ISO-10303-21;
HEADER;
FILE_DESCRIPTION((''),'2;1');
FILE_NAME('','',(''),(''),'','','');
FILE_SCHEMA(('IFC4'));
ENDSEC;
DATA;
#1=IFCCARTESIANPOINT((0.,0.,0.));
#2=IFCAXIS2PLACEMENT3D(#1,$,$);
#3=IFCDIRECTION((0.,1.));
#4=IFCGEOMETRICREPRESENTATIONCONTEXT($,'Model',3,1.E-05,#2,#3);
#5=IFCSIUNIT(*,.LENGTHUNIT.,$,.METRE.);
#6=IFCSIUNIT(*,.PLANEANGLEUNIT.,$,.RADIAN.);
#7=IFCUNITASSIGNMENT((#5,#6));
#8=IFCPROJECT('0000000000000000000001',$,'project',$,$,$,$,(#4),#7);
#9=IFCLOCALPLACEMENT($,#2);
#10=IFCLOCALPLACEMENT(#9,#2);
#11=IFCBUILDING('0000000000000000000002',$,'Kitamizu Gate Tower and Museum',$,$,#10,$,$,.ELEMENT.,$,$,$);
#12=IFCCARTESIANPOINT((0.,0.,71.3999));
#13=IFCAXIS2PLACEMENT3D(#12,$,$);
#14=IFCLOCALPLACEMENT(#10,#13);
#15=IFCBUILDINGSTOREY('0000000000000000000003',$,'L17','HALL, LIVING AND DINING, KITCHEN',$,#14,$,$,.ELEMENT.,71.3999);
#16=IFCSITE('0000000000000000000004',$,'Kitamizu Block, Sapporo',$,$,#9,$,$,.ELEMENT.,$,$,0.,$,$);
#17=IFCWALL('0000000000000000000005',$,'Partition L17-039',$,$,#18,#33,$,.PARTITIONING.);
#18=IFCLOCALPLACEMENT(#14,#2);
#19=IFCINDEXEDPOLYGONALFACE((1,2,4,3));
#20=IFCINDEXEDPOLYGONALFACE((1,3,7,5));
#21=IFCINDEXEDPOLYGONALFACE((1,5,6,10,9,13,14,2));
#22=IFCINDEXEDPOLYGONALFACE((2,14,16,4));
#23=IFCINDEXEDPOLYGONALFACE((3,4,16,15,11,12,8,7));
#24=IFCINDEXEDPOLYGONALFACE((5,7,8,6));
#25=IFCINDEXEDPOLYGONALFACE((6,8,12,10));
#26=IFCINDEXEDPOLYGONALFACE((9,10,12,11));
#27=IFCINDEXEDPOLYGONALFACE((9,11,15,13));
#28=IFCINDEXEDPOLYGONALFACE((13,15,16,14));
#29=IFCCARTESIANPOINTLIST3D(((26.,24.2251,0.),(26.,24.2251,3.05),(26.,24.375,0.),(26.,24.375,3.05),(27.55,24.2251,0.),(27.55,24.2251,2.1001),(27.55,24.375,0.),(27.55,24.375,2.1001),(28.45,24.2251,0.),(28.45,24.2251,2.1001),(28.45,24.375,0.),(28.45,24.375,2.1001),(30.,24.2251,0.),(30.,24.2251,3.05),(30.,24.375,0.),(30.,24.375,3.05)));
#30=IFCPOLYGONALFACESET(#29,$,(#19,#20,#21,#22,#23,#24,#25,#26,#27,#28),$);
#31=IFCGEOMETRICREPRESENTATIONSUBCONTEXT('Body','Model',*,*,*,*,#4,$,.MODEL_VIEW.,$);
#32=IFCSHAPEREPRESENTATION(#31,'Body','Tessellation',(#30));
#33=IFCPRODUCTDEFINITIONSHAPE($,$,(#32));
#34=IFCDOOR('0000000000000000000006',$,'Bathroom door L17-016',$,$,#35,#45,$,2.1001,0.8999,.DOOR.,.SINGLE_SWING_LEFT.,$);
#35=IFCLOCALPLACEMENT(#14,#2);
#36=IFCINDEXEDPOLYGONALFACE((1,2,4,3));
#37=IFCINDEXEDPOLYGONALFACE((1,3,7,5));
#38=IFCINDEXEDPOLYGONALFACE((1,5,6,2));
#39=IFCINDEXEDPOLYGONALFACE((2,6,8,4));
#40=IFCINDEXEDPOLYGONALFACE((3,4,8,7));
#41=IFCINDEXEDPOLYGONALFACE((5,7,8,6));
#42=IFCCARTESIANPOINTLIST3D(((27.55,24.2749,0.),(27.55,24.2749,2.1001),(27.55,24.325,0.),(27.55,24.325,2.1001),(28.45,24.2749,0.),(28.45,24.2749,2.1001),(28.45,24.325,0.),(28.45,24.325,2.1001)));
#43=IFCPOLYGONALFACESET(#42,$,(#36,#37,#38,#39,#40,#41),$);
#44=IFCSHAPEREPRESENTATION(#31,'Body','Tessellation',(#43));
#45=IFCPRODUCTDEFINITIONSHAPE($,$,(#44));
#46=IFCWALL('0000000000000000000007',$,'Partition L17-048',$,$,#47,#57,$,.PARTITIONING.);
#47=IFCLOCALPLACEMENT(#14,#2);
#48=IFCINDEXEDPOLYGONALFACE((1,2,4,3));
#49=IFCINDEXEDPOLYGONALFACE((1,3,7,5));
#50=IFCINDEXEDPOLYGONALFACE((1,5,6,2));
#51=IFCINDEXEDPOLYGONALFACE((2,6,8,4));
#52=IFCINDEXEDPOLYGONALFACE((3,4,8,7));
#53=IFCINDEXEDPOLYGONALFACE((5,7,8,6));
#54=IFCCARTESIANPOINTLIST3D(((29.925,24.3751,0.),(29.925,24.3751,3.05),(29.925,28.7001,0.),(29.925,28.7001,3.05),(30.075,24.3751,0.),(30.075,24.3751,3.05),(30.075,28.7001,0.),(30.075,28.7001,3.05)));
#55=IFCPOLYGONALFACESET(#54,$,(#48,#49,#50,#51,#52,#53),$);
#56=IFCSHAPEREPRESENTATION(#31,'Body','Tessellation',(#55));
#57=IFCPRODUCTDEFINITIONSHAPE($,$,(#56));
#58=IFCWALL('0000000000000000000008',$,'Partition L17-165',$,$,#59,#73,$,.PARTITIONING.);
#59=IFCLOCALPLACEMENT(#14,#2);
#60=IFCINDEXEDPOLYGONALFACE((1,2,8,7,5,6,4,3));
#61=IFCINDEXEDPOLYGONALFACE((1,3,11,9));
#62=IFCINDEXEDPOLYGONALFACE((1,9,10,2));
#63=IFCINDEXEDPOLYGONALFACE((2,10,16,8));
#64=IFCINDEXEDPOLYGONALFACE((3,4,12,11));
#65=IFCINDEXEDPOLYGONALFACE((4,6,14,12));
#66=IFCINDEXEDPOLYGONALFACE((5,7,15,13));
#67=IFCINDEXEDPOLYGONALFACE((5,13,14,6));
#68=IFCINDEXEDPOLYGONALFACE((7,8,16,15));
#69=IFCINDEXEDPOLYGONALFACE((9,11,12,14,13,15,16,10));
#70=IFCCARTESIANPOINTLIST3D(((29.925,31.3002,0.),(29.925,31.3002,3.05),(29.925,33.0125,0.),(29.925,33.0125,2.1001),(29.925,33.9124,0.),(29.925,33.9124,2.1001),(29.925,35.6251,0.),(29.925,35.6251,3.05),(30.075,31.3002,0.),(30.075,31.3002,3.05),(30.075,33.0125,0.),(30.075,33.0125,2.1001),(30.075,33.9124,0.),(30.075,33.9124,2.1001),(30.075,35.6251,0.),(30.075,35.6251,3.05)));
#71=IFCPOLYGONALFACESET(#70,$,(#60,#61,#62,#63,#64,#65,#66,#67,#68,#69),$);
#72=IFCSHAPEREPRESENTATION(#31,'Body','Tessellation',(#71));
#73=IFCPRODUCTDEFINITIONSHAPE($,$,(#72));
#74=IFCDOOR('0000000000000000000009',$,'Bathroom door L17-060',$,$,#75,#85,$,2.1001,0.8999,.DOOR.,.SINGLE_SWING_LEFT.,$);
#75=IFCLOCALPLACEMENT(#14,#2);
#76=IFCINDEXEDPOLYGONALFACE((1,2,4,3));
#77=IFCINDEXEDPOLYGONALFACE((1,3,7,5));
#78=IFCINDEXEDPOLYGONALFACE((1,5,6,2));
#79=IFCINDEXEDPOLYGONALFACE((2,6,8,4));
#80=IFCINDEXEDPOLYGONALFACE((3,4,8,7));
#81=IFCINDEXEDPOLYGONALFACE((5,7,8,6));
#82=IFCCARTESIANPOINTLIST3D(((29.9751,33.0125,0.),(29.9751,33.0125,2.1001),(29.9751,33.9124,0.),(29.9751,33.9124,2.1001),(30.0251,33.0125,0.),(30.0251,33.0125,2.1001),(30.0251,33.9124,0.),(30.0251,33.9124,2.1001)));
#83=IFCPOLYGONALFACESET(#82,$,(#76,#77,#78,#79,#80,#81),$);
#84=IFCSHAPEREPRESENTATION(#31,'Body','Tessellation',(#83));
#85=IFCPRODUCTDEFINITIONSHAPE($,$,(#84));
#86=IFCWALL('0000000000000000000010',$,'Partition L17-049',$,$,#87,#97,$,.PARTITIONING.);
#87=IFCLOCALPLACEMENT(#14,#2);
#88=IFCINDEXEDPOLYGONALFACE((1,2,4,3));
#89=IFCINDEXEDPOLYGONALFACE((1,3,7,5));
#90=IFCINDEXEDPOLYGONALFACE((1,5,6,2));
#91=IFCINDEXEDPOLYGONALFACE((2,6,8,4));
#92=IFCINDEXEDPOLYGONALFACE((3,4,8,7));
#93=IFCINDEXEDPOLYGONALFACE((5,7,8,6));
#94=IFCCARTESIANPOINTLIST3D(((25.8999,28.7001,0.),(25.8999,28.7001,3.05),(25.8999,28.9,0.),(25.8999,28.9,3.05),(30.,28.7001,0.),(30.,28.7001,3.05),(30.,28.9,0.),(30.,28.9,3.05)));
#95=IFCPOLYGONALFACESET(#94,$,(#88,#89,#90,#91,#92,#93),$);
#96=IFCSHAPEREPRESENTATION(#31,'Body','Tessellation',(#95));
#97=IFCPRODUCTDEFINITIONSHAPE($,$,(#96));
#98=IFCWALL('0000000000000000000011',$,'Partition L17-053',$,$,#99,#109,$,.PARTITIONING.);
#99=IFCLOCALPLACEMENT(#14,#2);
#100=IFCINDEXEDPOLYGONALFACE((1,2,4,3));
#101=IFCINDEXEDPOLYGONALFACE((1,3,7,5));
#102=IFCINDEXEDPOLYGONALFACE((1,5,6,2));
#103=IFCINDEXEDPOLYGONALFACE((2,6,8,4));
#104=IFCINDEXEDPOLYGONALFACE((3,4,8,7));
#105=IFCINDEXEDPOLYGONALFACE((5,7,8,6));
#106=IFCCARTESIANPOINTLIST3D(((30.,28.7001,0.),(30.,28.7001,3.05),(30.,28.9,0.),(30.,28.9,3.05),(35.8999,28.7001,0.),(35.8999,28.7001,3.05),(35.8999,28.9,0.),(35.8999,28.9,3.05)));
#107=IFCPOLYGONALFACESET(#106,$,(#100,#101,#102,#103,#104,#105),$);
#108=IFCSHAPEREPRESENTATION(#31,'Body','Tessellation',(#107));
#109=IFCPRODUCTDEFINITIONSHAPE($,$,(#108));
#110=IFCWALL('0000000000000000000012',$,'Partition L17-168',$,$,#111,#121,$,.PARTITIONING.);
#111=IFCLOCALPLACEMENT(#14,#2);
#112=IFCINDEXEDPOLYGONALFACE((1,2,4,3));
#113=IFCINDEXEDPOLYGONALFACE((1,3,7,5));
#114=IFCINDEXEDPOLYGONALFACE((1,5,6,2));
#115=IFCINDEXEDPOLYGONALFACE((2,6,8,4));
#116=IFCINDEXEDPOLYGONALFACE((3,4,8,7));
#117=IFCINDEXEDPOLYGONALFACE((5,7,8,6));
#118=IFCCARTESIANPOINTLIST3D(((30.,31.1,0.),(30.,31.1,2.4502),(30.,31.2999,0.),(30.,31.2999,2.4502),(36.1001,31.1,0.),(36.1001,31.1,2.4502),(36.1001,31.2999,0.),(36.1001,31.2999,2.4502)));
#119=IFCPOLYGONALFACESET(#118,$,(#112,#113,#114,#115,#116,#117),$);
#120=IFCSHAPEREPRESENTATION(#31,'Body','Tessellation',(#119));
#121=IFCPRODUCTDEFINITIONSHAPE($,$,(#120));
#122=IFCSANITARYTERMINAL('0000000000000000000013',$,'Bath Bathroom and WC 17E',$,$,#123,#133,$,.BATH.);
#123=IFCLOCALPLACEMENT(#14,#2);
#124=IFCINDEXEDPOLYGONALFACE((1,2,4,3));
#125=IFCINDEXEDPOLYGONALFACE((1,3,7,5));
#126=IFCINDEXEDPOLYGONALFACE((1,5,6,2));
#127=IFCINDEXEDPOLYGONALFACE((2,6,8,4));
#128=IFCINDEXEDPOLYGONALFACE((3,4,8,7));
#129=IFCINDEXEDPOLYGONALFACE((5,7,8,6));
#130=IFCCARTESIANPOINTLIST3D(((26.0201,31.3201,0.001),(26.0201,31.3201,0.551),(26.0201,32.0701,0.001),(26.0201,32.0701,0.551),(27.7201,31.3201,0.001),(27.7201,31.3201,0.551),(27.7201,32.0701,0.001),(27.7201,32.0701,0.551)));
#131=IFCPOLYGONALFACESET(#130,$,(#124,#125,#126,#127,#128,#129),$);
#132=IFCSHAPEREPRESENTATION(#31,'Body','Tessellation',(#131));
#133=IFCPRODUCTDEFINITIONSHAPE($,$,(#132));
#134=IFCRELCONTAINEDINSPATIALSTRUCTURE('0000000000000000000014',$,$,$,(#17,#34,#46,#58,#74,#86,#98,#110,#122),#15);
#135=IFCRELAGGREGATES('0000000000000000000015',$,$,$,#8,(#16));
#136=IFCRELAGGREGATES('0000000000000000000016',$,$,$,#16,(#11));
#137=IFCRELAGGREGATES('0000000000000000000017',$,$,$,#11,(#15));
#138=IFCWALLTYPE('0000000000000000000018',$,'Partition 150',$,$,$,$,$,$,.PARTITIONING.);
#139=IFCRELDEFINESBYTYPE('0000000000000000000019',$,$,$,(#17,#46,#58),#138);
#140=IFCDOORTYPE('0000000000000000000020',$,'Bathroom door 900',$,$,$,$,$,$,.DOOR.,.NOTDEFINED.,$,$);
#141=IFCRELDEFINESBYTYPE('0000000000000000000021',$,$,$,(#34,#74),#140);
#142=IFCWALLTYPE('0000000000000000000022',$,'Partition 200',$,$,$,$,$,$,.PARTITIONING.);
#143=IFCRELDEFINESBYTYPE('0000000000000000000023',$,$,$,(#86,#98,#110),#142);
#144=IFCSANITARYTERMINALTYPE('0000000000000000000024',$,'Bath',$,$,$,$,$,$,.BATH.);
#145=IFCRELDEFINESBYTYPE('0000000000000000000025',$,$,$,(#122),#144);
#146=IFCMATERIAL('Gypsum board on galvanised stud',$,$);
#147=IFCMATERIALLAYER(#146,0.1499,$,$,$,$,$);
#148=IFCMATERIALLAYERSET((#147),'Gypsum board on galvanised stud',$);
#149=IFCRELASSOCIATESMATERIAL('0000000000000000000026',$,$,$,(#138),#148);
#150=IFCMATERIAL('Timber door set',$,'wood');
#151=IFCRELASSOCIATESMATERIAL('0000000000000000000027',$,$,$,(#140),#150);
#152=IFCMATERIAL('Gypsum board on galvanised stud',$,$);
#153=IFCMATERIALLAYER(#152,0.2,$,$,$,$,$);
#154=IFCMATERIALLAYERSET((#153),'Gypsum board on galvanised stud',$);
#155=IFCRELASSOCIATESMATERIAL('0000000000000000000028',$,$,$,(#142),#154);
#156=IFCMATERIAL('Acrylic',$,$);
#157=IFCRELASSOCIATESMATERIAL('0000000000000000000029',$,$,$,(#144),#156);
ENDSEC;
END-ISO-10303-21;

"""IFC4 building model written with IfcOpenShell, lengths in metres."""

from ifc_helpers import new_model, si_unit, direction, frame, frame_2d, origin, origin_2d, place, context, subcontext, project, spatial, rectangle, extrude, material, layer, layer_set, type_object, element, fill, save


model = new_model("IFC4")

# Units and contexts
model_context = context("Model", 3, precision=1e-05, world=origin(), true_north=direction((0.0, 1.0)))
body_context = subcontext(model_context, "Body", "Model", "MODEL_VIEW")
ifc_project = project(units=[si_unit("LENGTHUNIT", "METRE"), si_unit("PLANEANGLEUNIT", "RADIAN")], contexts=[model_context])

# Site, building, storey
site_placement = place(None, origin())
site = spatial("IfcSite", under=ifc_project, at=site_placement, Name="Kitamizu Block, Sapporo", CompositionType="ELEMENT", RefElevation=0.0)
building_placement = place(site_placement, origin())
building = spatial("IfcBuilding", under=site, at=building_placement, Name="Kitamizu Gate Tower and Museum", CompositionType="ELEMENT")
storey_placement = place(building_placement, frame((0.0, 0.0, 71.3999)))
storey = spatial("IfcBuildingStorey", under=building, at=storey_placement, Name="L17", Description="HALL, LIVING AND DINING, KITCHEN", CompositionType="ELEMENT", Elevation=71.3999)

# Wall, opening, door
ifc_material_1 = material(Name="Gypsum board on galvanised stud")
ifc_layer_1 = layer(ifc_material_1, 0.1499)
ifc_layer_set_1 = layer_set([ifc_layer_1], Name="Gypsum board on galvanised stud")
wall_type_1 = type_object("IfcWallType", Name="Partition 150", PredefinedType="PARTITIONING", material=ifc_layer_set_1)
wall_1_placement = place(storey_placement, frame((30.0, 24.3, 0.0), z_axis=(0.0, 0.0, 1.0), x_axis=(-1.0, 0.0, 0.0)))
wall_1 = element("IfcWall", 1, at=wall_1_placement, inside=storey, type_object=wall_type_1, Name="Partition L17-039", PredefinedType="PARTITIONING", context=body_context, shape_type="SweptSolid", body=[
    extrude(rectangle(XDim=4.0, YDim=0.1499, at=frame_2d((2.0, 0.0))), origin(), (0.0, 0.0, 1.0), 3.05),
])
opening_1_placement = place(wall_1_placement, frame((1.55, 0.0, 0.0)))
opening_1 = element("IfcOpeningElement", 2, at=opening_1_placement, cuts=wall_1, PredefinedType="OPENING", context=body_context, shape_type="SweptSolid", body=[
    extrude(rectangle(XDim=0.8999, YDim=2.1001, at=frame_2d((0.45, 1.05))), frame((0.0, 0.085, 0.0), z_axis=(0.0, -1.0, 0.0), x_axis=(1.0, 0.0, 0.0)), (0.0, 0.0, 1.0), 0.1699),
])
ifc_material_2 = material(Name="Timber door set", Category="wood")
door_type_1 = type_object("IfcDoorType", Name="Bathroom door 900", OperationType="NOTDEFINED", PredefinedType="DOOR", material=ifc_material_2)
door_1_placement = place(opening_1_placement, frame((0.8999, 0.0, 0.0), x_axis=(-1.0, 0.0, 0.0)))
door_1 = element("IfcDoor", 3, at=door_1_placement, inside=storey, type_object=door_type_1, Name="Bathroom door L17-016", OperationType="SINGLE_SWING_LEFT", OverallHeight=2.1001, OverallWidth=0.8999, PredefinedType="DOOR", context=body_context, shape_type="SweptSolid", body=[
    extrude(rectangle(XDim=0.8999, YDim=2.1001, at=frame_2d((0.45, 1.05))), frame((0.0, 0.0249, 0.0), z_axis=(0.0, -1.0, 0.0), x_axis=(1.0, 0.0, 0.0)), (0.0, 0.0, 1.0), 0.05),
])
fill(opening_1, door_1)

# Wall
wall_2_placement = place(storey_placement, frame((30.0, 24.375, 0.0), z_axis=(0.0, 0.0, 1.0), x_axis=(0.0, 1.0, 0.0)))
element("IfcWall", 4, at=wall_2_placement, inside=storey, type_object=wall_type_1, Name="Partition L17-048", PredefinedType="PARTITIONING", context=body_context, shape_type="SweptSolid", body=[
    extrude(rectangle(XDim=4.325, YDim=0.1499, at=frame_2d((2.1626, 0.0))), origin(), (0.0, 0.0, 1.0), 3.05),
])

# Wall, opening, door
wall_3_placement = place(storey_placement, frame((30.0, 31.3, 0.0), z_axis=(0.0, 0.0, 1.0), x_axis=(0.0, 1.0, 0.0)))
wall_3 = element("IfcWall", 5, at=wall_3_placement, inside=storey, type_object=wall_type_1, Name="Partition L17-165", PredefinedType="PARTITIONING", context=body_context, shape_type="SweptSolid", body=[
    extrude(rectangle(XDim=4.325, YDim=0.1499, at=frame_2d((2.1626, 0.0))), origin(), (0.0, 0.0, 1.0), 3.05),
])
opening_2_placement = place(wall_3_placement, frame((1.7124, 0.0, 0.0)))
opening_2 = element("IfcOpeningElement", 6, at=opening_2_placement, cuts=wall_3, PredefinedType="OPENING", context=body_context, shape_type="SweptSolid", body=[
    extrude(rectangle(XDim=0.8999, YDim=2.1001, at=frame_2d((0.45, 1.05))), frame((0.0, 0.085, 0.0), z_axis=(0.0, -1.0, 0.0), x_axis=(1.0, 0.0, 0.0)), (0.0, 0.0, 1.0), 0.1699),
])
door_2_placement = place(opening_2_placement, origin())
door_2 = element("IfcDoor", 7, at=door_2_placement, inside=storey, type_object=door_type_1, Name="Bathroom door L17-060", OperationType="SINGLE_SWING_LEFT", OverallHeight=2.1001, OverallWidth=0.8999, PredefinedType="DOOR", context=body_context, shape_type="SweptSolid", body=[
    extrude(rectangle(XDim=0.8999, YDim=2.1001, at=frame_2d((0.45, 1.05))), frame((0.0, 0.0249, 0.0), z_axis=(0.0, -1.0, 0.0), x_axis=(1.0, 0.0, 0.0)), (0.0, 0.0, 1.0), 0.05),
])
fill(opening_2, door_2)

# Walls
ifc_material_3 = material(Name="Gypsum board on galvanised stud")
ifc_layer_2 = layer(ifc_material_3, 0.2)
ifc_layer_set_2 = layer_set([ifc_layer_2], Name="Gypsum board on galvanised stud")
wall_type_2 = type_object("IfcWallType", Name="Partition 200", PredefinedType="PARTITIONING", material=ifc_layer_set_2)
wall_4_placement = place(storey_placement, frame((30.0, 28.8, 0.0), z_axis=(0.0, 0.0, 1.0), x_axis=(-1.0, 0.0, 0.0)))
element("IfcWall", 8, at=wall_4_placement, inside=storey, type_object=wall_type_2, Name="Partition L17-049", PredefinedType="PARTITIONING", context=body_context, shape_type="SweptSolid", body=[
    extrude(rectangle(XDim=4.1001, YDim=0.2, at=frame_2d((2.05, 0.0))), origin(), (0.0, 0.0, 1.0), 3.05),
])
wall_5_placement = place(storey_placement, frame((35.8999, 28.8, 0.0), z_axis=(0.0, 0.0, 1.0), x_axis=(-1.0, 0.0, 0.0)))
element("IfcWall", 9, at=wall_5_placement, inside=storey, type_object=wall_type_2, Name="Partition L17-053", PredefinedType="PARTITIONING", context=body_context, shape_type="SweptSolid", body=[
    extrude(rectangle(XDim=5.8999, YDim=0.2, at=frame_2d((2.95, 0.0))), origin(), (0.0, 0.0, 1.0), 3.05),
])
wall_6_placement = place(storey_placement, frame((30.0, 31.2, 0.0), z_axis=(0.0, 0.0, 1.0), x_axis=(1.0, 0.0, 0.0)))
element("IfcWall", 10, at=wall_6_placement, inside=storey, type_object=wall_type_2, Name="Partition L17-168", PredefinedType="PARTITIONING", context=body_context, shape_type="SweptSolid", body=[
    extrude(rectangle(XDim=6.1001, YDim=0.2, at=frame_2d((3.05, 0.0))), origin(), (0.0, 0.0, 1.0), 2.4502),
])

# Sanitary terminal
ifc_material_4 = material(Name="Acrylic")
sanitary_terminal_type = type_object("IfcSanitaryTerminalType", Name="Bath", PredefinedType="BATH", material=ifc_material_4)
sanitary_terminal_placement = place(storey_placement, frame((26.8701, 31.6951, 0.001), z_axis=(0.0, 0.0, 1.0), x_axis=(1.0, 0.0, 0.0)))
element("IfcSanitaryTerminal", 11, at=sanitary_terminal_placement, inside=storey, type_object=sanitary_terminal_type, Name="Bath Bathroom and WC 17E", PredefinedType="BATH", context=body_context, shape_type="SweptSolid", body=[
    extrude(rectangle(XDim=1.7, YDim=0.75, at=origin_2d()), origin(), (0.0, 0.0, 1.0), 0.55),
])

save(model, "model.ifc")
